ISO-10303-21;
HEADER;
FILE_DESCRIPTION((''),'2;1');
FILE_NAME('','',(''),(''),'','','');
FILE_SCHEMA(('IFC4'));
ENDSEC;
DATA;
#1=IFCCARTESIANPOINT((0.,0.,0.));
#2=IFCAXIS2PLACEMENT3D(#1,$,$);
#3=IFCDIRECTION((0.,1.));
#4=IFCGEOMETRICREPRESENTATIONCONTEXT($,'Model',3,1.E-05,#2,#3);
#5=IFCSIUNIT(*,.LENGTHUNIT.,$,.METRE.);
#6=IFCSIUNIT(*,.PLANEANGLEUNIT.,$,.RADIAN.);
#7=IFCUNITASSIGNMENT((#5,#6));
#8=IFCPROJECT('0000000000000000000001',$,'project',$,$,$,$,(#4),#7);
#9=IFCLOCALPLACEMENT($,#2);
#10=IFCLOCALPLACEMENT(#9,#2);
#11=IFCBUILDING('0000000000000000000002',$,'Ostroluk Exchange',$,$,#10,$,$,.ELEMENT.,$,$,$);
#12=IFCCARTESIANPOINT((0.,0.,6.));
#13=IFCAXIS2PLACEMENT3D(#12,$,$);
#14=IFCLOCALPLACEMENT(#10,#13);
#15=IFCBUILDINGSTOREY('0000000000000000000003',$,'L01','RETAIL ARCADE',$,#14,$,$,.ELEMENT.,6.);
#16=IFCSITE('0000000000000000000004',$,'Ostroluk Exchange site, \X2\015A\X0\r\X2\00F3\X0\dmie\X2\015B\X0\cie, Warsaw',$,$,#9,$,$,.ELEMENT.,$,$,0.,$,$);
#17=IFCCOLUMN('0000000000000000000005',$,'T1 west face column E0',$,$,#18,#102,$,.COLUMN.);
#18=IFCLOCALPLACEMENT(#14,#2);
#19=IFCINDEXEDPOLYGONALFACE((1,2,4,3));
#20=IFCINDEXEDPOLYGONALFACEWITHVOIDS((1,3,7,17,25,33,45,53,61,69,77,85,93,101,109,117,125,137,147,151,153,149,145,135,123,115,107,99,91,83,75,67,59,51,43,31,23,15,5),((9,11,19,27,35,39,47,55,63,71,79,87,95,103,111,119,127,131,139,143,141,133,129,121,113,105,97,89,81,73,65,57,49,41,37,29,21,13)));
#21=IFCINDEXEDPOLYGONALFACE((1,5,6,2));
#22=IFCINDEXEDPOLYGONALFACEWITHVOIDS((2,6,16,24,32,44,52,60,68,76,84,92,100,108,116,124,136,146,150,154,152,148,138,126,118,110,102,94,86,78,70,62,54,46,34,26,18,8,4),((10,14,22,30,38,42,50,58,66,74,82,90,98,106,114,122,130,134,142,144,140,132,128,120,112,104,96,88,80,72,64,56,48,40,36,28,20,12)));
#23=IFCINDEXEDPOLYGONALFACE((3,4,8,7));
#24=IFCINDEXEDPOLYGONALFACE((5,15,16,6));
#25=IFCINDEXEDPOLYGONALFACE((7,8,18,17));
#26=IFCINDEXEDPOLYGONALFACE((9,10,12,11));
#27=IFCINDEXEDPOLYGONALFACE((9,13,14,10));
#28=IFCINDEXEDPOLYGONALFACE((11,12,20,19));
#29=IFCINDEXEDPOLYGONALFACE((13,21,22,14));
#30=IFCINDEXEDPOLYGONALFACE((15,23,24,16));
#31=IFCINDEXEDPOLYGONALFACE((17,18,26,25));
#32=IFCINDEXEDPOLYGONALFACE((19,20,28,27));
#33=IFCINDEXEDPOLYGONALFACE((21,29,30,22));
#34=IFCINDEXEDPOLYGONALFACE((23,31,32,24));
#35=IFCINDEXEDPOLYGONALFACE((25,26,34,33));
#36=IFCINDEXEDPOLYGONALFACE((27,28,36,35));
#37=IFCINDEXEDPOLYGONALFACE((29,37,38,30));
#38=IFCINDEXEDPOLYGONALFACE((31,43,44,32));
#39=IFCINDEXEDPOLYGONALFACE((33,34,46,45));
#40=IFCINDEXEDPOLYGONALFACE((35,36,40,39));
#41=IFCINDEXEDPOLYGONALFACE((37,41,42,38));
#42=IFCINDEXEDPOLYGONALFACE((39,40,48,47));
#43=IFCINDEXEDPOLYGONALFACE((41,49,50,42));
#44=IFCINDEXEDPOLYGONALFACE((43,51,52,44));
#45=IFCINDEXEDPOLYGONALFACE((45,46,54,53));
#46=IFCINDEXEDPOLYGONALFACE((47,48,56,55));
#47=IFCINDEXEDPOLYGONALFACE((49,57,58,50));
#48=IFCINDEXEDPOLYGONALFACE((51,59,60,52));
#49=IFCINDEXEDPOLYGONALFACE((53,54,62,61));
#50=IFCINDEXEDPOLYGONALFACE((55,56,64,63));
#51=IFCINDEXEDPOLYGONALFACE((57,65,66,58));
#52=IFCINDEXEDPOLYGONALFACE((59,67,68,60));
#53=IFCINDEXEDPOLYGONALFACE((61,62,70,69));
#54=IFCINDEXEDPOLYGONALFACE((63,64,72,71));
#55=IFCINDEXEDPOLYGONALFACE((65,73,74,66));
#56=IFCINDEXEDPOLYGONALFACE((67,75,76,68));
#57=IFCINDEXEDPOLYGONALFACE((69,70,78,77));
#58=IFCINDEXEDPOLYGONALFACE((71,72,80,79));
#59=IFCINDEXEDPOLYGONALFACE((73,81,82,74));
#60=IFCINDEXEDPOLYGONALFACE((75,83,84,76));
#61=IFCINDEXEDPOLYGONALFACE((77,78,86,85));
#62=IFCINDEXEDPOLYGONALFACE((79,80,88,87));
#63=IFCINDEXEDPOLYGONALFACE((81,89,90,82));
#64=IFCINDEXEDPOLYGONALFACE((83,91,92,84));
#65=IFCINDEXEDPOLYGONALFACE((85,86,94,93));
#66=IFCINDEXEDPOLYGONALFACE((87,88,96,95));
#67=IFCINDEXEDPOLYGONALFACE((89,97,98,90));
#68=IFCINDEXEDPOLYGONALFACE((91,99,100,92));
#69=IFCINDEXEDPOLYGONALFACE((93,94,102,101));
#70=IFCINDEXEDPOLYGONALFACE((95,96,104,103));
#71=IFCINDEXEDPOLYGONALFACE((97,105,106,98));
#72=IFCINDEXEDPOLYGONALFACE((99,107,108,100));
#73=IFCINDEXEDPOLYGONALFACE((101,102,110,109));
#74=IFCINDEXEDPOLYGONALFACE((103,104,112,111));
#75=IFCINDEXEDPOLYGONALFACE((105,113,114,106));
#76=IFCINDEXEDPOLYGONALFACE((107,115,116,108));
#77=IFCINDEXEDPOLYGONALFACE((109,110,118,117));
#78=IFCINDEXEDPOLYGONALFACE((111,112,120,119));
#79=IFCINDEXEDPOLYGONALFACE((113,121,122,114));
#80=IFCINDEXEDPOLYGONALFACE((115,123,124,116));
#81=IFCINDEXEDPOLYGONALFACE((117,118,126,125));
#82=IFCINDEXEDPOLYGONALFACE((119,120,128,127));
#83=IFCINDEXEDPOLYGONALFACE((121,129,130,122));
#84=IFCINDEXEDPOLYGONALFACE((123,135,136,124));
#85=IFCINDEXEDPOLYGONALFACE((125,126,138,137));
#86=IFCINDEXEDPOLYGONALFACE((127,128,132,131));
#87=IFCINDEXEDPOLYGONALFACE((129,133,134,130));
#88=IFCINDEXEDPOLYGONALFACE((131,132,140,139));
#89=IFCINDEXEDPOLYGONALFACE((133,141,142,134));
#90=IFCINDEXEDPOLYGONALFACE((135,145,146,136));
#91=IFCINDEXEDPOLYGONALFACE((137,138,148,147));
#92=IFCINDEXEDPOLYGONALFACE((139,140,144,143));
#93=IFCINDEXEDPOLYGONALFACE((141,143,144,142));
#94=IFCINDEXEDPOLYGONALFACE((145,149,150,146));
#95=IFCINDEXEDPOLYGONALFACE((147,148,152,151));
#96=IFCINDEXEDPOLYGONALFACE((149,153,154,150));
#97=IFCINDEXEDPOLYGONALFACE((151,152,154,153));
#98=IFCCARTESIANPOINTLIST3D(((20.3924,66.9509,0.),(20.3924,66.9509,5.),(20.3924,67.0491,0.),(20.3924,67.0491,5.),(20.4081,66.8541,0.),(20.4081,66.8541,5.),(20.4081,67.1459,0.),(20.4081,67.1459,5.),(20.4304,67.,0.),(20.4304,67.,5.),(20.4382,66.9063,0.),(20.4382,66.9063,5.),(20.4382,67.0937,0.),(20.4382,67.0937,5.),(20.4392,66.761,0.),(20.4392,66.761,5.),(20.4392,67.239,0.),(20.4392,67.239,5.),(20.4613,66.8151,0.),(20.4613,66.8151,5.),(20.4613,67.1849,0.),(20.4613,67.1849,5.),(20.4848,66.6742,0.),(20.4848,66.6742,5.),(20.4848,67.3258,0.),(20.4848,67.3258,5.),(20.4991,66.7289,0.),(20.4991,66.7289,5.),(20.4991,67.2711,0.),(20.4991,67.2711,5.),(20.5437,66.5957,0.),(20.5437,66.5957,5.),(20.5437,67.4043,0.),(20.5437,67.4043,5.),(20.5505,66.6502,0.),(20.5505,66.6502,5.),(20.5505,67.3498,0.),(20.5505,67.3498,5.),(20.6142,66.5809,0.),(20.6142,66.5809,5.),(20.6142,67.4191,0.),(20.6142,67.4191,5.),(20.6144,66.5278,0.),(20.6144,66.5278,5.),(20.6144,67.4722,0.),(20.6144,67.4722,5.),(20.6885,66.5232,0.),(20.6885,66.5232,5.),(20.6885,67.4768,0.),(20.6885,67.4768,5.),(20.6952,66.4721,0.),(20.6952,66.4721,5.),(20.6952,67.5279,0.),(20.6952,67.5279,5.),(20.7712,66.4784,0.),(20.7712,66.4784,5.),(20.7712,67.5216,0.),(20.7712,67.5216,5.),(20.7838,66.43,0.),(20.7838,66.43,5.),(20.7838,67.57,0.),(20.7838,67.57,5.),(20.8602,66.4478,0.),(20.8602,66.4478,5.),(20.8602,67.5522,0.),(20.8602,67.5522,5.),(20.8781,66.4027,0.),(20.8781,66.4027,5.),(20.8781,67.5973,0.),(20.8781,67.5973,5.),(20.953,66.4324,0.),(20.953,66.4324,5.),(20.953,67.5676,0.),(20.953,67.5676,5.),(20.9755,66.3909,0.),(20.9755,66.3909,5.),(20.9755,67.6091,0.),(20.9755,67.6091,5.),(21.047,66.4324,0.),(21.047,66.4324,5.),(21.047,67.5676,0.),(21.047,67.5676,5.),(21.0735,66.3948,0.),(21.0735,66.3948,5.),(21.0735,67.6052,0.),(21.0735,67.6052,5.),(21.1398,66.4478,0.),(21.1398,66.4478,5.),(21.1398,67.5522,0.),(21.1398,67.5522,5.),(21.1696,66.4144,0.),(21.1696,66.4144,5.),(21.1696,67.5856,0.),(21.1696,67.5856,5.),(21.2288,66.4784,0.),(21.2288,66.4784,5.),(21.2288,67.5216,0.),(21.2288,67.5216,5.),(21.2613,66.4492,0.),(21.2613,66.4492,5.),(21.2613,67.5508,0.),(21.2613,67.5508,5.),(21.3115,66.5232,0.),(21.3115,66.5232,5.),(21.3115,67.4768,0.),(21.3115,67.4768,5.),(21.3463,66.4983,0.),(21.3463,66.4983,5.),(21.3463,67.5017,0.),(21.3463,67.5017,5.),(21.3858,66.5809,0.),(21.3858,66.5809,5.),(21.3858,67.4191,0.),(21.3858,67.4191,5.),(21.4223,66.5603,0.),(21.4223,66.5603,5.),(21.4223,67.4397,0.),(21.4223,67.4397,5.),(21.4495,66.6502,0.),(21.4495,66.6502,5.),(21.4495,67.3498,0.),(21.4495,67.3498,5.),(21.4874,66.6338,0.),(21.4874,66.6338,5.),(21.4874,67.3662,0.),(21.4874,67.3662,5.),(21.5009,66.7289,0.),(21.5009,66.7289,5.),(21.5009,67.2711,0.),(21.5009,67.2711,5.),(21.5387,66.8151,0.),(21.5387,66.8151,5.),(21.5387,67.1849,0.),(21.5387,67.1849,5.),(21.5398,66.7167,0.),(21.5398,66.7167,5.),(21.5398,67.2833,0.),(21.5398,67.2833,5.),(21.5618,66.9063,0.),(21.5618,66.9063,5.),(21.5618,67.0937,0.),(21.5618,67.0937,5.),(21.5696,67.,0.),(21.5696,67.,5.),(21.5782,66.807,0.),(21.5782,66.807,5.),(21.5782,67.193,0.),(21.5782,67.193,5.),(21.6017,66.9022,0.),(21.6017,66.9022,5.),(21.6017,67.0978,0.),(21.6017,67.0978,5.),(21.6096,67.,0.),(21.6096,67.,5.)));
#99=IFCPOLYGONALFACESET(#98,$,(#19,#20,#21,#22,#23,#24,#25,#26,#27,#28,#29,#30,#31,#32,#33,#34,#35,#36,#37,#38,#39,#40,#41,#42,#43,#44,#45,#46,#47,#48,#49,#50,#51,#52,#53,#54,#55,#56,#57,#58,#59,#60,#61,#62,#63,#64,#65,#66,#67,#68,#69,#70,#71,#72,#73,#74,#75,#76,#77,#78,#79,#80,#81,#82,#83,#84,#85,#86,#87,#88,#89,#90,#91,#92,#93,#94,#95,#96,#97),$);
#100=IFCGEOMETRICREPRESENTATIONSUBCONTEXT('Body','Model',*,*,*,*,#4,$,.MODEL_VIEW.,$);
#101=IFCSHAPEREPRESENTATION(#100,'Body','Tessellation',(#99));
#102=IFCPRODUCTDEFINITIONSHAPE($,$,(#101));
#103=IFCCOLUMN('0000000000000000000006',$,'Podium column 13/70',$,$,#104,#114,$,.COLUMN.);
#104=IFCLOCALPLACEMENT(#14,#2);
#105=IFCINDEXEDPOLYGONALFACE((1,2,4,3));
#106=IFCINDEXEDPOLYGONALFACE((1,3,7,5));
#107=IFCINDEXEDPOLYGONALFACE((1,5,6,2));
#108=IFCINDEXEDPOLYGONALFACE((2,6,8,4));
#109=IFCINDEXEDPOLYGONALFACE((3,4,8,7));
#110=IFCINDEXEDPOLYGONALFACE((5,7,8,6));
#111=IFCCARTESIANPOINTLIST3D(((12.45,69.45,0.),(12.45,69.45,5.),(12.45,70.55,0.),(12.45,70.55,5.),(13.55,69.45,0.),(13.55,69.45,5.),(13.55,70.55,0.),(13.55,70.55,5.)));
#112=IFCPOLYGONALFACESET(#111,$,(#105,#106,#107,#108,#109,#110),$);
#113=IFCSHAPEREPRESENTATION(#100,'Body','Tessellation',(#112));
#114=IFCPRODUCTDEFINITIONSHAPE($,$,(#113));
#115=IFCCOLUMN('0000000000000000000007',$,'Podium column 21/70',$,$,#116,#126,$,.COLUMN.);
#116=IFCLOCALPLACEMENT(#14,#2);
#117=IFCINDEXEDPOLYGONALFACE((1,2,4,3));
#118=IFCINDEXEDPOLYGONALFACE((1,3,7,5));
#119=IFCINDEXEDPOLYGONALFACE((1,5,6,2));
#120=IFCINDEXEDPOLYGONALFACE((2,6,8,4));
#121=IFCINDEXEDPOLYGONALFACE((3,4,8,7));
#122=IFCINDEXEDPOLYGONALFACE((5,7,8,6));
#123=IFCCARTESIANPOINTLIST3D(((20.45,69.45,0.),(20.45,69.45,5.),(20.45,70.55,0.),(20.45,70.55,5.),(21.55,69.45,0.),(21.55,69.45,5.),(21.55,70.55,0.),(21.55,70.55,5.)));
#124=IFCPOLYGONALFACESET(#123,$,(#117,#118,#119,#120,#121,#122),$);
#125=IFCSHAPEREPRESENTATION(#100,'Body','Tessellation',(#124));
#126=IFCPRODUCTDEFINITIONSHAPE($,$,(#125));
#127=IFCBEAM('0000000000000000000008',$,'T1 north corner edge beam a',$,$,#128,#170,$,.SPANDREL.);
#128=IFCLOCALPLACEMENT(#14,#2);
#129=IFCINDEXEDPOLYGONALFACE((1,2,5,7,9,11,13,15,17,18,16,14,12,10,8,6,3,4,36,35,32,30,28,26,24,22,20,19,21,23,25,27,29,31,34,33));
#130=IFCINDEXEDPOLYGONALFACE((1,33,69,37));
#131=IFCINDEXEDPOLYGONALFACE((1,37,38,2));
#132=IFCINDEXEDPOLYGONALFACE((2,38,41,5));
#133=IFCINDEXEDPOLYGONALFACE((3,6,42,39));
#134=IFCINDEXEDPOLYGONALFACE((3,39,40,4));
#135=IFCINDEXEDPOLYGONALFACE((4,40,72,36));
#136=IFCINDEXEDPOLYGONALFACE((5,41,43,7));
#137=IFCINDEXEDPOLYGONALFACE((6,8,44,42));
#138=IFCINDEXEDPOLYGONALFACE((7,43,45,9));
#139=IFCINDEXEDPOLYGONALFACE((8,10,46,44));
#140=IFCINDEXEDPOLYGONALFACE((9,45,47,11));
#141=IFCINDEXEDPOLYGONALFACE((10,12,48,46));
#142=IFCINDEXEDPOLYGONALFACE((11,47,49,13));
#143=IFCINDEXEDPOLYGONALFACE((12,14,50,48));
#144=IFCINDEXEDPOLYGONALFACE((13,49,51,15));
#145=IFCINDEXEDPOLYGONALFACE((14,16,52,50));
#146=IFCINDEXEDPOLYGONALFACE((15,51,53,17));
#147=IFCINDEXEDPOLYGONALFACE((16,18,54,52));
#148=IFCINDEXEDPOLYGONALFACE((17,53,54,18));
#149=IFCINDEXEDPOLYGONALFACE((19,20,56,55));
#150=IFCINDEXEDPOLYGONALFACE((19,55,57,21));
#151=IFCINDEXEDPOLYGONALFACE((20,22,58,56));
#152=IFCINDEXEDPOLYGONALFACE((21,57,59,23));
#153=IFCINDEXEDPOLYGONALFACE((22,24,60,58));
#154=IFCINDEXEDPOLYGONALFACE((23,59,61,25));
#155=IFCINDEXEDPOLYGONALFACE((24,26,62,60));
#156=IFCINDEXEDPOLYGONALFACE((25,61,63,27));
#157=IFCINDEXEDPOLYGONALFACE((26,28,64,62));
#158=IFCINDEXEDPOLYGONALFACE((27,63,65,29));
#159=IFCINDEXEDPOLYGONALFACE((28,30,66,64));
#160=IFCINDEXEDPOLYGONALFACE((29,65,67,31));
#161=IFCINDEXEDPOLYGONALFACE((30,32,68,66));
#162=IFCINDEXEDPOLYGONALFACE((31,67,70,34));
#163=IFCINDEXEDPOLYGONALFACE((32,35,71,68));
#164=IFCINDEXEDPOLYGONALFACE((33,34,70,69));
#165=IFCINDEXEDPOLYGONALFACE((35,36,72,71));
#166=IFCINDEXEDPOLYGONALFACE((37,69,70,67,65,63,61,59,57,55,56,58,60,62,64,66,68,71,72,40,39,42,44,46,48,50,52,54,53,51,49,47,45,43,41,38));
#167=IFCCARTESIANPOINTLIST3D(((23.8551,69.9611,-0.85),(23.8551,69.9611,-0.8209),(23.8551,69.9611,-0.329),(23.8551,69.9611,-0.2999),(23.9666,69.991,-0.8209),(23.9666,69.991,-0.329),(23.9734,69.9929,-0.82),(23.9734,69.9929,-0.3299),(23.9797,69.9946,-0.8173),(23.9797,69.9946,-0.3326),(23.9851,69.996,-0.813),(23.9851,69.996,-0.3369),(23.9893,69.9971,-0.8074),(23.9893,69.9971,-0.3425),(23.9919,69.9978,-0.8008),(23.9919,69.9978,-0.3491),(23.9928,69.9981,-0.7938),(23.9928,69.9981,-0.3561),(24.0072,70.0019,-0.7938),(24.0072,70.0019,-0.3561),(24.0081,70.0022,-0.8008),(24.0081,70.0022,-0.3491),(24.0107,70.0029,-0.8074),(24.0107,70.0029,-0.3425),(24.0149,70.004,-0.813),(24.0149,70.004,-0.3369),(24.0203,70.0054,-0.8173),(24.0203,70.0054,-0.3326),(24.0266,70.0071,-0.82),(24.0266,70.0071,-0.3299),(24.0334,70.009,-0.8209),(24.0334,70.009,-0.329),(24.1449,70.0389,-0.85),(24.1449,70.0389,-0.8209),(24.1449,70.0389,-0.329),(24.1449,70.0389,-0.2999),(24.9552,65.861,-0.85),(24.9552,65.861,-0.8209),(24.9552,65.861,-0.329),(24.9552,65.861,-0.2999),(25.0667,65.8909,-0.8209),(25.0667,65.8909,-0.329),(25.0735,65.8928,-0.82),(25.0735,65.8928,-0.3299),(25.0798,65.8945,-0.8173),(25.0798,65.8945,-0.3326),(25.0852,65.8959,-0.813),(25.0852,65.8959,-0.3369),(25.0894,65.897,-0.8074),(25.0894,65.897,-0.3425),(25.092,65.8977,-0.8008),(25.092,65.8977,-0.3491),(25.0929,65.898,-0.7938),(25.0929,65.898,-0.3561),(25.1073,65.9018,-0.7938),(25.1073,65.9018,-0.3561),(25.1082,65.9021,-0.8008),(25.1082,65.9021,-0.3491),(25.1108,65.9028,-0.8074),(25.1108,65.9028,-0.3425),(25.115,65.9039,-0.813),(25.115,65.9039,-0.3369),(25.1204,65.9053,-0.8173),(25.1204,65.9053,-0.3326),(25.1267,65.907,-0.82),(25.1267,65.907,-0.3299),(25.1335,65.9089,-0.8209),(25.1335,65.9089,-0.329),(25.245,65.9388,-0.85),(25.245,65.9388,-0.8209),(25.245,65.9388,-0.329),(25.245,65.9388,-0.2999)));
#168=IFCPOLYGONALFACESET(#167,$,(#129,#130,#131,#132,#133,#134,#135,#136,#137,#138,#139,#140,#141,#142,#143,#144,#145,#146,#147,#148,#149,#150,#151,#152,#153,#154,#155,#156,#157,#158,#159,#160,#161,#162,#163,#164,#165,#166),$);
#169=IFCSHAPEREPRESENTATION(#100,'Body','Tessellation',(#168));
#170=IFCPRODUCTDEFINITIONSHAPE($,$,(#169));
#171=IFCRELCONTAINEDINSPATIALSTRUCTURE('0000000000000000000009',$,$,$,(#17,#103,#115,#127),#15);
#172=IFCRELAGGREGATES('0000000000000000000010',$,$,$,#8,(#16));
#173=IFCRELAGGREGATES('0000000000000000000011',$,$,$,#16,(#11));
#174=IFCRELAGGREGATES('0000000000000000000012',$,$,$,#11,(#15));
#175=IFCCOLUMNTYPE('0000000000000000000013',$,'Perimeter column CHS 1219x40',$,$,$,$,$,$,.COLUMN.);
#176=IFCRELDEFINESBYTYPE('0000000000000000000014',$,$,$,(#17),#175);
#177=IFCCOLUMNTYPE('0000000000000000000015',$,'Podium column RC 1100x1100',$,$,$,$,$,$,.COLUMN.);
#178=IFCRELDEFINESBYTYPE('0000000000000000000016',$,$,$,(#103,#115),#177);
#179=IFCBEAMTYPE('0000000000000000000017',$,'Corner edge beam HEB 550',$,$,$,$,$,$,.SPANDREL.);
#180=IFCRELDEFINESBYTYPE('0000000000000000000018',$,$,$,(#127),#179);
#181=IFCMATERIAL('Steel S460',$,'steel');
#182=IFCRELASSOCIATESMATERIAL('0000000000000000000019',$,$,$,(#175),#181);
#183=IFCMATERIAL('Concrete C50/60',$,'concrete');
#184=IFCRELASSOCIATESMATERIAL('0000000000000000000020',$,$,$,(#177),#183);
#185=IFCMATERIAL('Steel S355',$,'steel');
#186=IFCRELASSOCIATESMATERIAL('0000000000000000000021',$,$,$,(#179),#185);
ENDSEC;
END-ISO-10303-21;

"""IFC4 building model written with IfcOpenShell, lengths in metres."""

from ifc_helpers import new_model, si_unit, direction, frame, origin, origin_2d, place, context, subcontext, project, spatial, rectangle, hollow_circle, i_section, extrude, material, material_profile, profile_set, type_object, element, save


model = new_model("IFC4")

# Units and contexts
model_context = context("Model", 3, precision=1e-05, world=origin(), true_north=direction((0.0, 1.0)))
body_context = subcontext(model_context, "Body", "Model", "MODEL_VIEW")
ifc_project = project(units=[si_unit("LENGTHUNIT", "METRE"), si_unit("PLANEANGLEUNIT", "RADIAN")], contexts=[model_context])

# Site, building, storey
site_placement = place(None, origin())
site = spatial("IfcSite", under=ifc_project, at=site_placement, Name="Ostroluk Exchange site, Śródmieście, Warsaw", CompositionType="ELEMENT", RefElevation=0.0)
building_placement = place(site_placement, origin())
building = spatial("IfcBuilding", under=site, at=building_placement, Name="Ostroluk Exchange", CompositionType="ELEMENT")
storey_placement = place(building_placement, frame((0.0, 0.0, 6.0)))
storey = spatial("IfcBuildingStorey", under=building, at=storey_placement, Name="L01", Description="RETAIL ARCADE", CompositionType="ELEMENT", Elevation=6.0)

# Columns
ifc_material_1 = material(Name="Steel S460", Category="steel")
ifc_material_profile_1 = material_profile(ifc_material_1, hollow_circle(Radius=0.6096, WallThickness=0.04, at=origin_2d()), Name="CHS 1219x40")
ifc_profile_set_1 = profile_set([ifc_material_profile_1], Name="Steel S460")
column_type_1 = type_object("IfcColumnType", Name="Perimeter column CHS 1219x40", PredefinedType="COLUMN", material=ifc_profile_set_1)
for number, where, z_axis, x_axis, name in (
    (1, (21.0, 67.0, 0.0), (0.0, 0.0, 1.0), (1.0, 0.0, 0.0), "T1 west face column E0"),
):
    element("IfcColumn", number, at=place(storey_placement, frame(where, z_axis=z_axis, x_axis=x_axis)), inside=storey, type_object=column_type_1, Name=name, PredefinedType="COLUMN", context=body_context, shape_type="SweptSolid", body=[
        extrude(hollow_circle(Radius=0.6096, WallThickness=0.04, at=origin_2d()), origin(), (0.0, 0.0, 1.0), 5.0),
    ])
ifc_material_2 = material(Name="Concrete C50/60", Category="concrete")
ifc_material_profile_2 = material_profile(ifc_material_2, rectangle(XDim=1.1001, YDim=1.1001, at=origin_2d()), Name="RC 1100x1100")
ifc_profile_set_2 = profile_set([ifc_material_profile_2], Name="Concrete C50/60")
column_type_2 = type_object("IfcColumnType", Name="Podium column RC 1100x1100", PredefinedType="COLUMN", material=ifc_profile_set_2)
for number, where, z_axis, x_axis, name in (
    (2, (13.0, 70.0, 0.0), (0.0, 0.0, 1.0), (1.0, 0.0, 0.0), "Podium column 13/70"),
    (3, (21.0, 70.0, 0.0), (0.0, 0.0, 1.0), (1.0, 0.0, 0.0), "Podium column 21/70"),
):
    element("IfcColumn", number, at=place(storey_placement, frame(where, z_axis=z_axis, x_axis=x_axis)), inside=storey, type_object=column_type_2, Name=name, PredefinedType="COLUMN", context=body_context, shape_type="SweptSolid", body=[
        extrude(rectangle(XDim=1.1001, YDim=1.1001, at=origin_2d()), origin(), (0.0, 0.0, 1.0), 5.0),
    ])

# Beam
ifc_material_3 = material(Name="Steel S355", Category="steel")
ifc_material_profile_3 = material_profile(ifc_material_3, i_section(OverallWidth=0.3, OverallDepth=0.55, WebThickness=0.0149, FlangeThickness=0.0291, FilletRadius=0.0271, at=origin_2d()), Name="HEB 550")
ifc_profile_set_3 = profile_set([ifc_material_profile_3], Name="Steel S355")
beam_type_1 = type_object("IfcBeamType", Name="Corner edge beam HEB 550", PredefinedType="SPANDREL", material=ifc_profile_set_3)
for number, where, z_axis, x_axis, name in (
    (4, (25.1001, 65.8999, -0.575), (-0.259144, 0.965839, 0.0), (-0.965839, -0.259144, 0.0), "T1 north corner edge beam a"),
):
    element("IfcBeam", number, at=place(storey_placement, frame(where, z_axis=z_axis, x_axis=x_axis)), inside=storey, type_object=beam_type_1, Name=name, PredefinedType="SPANDREL", context=body_context, shape_type="SweptSolid", body=[
        extrude(i_section(OverallWidth=0.3, OverallDepth=0.55, WebThickness=0.0149, FlangeThickness=0.0291, FilletRadius=0.0271, at=origin_2d()), origin(), (0.0, 0.0, 1.0), 4.2451),
    ])

save(model, "model.ifc")
